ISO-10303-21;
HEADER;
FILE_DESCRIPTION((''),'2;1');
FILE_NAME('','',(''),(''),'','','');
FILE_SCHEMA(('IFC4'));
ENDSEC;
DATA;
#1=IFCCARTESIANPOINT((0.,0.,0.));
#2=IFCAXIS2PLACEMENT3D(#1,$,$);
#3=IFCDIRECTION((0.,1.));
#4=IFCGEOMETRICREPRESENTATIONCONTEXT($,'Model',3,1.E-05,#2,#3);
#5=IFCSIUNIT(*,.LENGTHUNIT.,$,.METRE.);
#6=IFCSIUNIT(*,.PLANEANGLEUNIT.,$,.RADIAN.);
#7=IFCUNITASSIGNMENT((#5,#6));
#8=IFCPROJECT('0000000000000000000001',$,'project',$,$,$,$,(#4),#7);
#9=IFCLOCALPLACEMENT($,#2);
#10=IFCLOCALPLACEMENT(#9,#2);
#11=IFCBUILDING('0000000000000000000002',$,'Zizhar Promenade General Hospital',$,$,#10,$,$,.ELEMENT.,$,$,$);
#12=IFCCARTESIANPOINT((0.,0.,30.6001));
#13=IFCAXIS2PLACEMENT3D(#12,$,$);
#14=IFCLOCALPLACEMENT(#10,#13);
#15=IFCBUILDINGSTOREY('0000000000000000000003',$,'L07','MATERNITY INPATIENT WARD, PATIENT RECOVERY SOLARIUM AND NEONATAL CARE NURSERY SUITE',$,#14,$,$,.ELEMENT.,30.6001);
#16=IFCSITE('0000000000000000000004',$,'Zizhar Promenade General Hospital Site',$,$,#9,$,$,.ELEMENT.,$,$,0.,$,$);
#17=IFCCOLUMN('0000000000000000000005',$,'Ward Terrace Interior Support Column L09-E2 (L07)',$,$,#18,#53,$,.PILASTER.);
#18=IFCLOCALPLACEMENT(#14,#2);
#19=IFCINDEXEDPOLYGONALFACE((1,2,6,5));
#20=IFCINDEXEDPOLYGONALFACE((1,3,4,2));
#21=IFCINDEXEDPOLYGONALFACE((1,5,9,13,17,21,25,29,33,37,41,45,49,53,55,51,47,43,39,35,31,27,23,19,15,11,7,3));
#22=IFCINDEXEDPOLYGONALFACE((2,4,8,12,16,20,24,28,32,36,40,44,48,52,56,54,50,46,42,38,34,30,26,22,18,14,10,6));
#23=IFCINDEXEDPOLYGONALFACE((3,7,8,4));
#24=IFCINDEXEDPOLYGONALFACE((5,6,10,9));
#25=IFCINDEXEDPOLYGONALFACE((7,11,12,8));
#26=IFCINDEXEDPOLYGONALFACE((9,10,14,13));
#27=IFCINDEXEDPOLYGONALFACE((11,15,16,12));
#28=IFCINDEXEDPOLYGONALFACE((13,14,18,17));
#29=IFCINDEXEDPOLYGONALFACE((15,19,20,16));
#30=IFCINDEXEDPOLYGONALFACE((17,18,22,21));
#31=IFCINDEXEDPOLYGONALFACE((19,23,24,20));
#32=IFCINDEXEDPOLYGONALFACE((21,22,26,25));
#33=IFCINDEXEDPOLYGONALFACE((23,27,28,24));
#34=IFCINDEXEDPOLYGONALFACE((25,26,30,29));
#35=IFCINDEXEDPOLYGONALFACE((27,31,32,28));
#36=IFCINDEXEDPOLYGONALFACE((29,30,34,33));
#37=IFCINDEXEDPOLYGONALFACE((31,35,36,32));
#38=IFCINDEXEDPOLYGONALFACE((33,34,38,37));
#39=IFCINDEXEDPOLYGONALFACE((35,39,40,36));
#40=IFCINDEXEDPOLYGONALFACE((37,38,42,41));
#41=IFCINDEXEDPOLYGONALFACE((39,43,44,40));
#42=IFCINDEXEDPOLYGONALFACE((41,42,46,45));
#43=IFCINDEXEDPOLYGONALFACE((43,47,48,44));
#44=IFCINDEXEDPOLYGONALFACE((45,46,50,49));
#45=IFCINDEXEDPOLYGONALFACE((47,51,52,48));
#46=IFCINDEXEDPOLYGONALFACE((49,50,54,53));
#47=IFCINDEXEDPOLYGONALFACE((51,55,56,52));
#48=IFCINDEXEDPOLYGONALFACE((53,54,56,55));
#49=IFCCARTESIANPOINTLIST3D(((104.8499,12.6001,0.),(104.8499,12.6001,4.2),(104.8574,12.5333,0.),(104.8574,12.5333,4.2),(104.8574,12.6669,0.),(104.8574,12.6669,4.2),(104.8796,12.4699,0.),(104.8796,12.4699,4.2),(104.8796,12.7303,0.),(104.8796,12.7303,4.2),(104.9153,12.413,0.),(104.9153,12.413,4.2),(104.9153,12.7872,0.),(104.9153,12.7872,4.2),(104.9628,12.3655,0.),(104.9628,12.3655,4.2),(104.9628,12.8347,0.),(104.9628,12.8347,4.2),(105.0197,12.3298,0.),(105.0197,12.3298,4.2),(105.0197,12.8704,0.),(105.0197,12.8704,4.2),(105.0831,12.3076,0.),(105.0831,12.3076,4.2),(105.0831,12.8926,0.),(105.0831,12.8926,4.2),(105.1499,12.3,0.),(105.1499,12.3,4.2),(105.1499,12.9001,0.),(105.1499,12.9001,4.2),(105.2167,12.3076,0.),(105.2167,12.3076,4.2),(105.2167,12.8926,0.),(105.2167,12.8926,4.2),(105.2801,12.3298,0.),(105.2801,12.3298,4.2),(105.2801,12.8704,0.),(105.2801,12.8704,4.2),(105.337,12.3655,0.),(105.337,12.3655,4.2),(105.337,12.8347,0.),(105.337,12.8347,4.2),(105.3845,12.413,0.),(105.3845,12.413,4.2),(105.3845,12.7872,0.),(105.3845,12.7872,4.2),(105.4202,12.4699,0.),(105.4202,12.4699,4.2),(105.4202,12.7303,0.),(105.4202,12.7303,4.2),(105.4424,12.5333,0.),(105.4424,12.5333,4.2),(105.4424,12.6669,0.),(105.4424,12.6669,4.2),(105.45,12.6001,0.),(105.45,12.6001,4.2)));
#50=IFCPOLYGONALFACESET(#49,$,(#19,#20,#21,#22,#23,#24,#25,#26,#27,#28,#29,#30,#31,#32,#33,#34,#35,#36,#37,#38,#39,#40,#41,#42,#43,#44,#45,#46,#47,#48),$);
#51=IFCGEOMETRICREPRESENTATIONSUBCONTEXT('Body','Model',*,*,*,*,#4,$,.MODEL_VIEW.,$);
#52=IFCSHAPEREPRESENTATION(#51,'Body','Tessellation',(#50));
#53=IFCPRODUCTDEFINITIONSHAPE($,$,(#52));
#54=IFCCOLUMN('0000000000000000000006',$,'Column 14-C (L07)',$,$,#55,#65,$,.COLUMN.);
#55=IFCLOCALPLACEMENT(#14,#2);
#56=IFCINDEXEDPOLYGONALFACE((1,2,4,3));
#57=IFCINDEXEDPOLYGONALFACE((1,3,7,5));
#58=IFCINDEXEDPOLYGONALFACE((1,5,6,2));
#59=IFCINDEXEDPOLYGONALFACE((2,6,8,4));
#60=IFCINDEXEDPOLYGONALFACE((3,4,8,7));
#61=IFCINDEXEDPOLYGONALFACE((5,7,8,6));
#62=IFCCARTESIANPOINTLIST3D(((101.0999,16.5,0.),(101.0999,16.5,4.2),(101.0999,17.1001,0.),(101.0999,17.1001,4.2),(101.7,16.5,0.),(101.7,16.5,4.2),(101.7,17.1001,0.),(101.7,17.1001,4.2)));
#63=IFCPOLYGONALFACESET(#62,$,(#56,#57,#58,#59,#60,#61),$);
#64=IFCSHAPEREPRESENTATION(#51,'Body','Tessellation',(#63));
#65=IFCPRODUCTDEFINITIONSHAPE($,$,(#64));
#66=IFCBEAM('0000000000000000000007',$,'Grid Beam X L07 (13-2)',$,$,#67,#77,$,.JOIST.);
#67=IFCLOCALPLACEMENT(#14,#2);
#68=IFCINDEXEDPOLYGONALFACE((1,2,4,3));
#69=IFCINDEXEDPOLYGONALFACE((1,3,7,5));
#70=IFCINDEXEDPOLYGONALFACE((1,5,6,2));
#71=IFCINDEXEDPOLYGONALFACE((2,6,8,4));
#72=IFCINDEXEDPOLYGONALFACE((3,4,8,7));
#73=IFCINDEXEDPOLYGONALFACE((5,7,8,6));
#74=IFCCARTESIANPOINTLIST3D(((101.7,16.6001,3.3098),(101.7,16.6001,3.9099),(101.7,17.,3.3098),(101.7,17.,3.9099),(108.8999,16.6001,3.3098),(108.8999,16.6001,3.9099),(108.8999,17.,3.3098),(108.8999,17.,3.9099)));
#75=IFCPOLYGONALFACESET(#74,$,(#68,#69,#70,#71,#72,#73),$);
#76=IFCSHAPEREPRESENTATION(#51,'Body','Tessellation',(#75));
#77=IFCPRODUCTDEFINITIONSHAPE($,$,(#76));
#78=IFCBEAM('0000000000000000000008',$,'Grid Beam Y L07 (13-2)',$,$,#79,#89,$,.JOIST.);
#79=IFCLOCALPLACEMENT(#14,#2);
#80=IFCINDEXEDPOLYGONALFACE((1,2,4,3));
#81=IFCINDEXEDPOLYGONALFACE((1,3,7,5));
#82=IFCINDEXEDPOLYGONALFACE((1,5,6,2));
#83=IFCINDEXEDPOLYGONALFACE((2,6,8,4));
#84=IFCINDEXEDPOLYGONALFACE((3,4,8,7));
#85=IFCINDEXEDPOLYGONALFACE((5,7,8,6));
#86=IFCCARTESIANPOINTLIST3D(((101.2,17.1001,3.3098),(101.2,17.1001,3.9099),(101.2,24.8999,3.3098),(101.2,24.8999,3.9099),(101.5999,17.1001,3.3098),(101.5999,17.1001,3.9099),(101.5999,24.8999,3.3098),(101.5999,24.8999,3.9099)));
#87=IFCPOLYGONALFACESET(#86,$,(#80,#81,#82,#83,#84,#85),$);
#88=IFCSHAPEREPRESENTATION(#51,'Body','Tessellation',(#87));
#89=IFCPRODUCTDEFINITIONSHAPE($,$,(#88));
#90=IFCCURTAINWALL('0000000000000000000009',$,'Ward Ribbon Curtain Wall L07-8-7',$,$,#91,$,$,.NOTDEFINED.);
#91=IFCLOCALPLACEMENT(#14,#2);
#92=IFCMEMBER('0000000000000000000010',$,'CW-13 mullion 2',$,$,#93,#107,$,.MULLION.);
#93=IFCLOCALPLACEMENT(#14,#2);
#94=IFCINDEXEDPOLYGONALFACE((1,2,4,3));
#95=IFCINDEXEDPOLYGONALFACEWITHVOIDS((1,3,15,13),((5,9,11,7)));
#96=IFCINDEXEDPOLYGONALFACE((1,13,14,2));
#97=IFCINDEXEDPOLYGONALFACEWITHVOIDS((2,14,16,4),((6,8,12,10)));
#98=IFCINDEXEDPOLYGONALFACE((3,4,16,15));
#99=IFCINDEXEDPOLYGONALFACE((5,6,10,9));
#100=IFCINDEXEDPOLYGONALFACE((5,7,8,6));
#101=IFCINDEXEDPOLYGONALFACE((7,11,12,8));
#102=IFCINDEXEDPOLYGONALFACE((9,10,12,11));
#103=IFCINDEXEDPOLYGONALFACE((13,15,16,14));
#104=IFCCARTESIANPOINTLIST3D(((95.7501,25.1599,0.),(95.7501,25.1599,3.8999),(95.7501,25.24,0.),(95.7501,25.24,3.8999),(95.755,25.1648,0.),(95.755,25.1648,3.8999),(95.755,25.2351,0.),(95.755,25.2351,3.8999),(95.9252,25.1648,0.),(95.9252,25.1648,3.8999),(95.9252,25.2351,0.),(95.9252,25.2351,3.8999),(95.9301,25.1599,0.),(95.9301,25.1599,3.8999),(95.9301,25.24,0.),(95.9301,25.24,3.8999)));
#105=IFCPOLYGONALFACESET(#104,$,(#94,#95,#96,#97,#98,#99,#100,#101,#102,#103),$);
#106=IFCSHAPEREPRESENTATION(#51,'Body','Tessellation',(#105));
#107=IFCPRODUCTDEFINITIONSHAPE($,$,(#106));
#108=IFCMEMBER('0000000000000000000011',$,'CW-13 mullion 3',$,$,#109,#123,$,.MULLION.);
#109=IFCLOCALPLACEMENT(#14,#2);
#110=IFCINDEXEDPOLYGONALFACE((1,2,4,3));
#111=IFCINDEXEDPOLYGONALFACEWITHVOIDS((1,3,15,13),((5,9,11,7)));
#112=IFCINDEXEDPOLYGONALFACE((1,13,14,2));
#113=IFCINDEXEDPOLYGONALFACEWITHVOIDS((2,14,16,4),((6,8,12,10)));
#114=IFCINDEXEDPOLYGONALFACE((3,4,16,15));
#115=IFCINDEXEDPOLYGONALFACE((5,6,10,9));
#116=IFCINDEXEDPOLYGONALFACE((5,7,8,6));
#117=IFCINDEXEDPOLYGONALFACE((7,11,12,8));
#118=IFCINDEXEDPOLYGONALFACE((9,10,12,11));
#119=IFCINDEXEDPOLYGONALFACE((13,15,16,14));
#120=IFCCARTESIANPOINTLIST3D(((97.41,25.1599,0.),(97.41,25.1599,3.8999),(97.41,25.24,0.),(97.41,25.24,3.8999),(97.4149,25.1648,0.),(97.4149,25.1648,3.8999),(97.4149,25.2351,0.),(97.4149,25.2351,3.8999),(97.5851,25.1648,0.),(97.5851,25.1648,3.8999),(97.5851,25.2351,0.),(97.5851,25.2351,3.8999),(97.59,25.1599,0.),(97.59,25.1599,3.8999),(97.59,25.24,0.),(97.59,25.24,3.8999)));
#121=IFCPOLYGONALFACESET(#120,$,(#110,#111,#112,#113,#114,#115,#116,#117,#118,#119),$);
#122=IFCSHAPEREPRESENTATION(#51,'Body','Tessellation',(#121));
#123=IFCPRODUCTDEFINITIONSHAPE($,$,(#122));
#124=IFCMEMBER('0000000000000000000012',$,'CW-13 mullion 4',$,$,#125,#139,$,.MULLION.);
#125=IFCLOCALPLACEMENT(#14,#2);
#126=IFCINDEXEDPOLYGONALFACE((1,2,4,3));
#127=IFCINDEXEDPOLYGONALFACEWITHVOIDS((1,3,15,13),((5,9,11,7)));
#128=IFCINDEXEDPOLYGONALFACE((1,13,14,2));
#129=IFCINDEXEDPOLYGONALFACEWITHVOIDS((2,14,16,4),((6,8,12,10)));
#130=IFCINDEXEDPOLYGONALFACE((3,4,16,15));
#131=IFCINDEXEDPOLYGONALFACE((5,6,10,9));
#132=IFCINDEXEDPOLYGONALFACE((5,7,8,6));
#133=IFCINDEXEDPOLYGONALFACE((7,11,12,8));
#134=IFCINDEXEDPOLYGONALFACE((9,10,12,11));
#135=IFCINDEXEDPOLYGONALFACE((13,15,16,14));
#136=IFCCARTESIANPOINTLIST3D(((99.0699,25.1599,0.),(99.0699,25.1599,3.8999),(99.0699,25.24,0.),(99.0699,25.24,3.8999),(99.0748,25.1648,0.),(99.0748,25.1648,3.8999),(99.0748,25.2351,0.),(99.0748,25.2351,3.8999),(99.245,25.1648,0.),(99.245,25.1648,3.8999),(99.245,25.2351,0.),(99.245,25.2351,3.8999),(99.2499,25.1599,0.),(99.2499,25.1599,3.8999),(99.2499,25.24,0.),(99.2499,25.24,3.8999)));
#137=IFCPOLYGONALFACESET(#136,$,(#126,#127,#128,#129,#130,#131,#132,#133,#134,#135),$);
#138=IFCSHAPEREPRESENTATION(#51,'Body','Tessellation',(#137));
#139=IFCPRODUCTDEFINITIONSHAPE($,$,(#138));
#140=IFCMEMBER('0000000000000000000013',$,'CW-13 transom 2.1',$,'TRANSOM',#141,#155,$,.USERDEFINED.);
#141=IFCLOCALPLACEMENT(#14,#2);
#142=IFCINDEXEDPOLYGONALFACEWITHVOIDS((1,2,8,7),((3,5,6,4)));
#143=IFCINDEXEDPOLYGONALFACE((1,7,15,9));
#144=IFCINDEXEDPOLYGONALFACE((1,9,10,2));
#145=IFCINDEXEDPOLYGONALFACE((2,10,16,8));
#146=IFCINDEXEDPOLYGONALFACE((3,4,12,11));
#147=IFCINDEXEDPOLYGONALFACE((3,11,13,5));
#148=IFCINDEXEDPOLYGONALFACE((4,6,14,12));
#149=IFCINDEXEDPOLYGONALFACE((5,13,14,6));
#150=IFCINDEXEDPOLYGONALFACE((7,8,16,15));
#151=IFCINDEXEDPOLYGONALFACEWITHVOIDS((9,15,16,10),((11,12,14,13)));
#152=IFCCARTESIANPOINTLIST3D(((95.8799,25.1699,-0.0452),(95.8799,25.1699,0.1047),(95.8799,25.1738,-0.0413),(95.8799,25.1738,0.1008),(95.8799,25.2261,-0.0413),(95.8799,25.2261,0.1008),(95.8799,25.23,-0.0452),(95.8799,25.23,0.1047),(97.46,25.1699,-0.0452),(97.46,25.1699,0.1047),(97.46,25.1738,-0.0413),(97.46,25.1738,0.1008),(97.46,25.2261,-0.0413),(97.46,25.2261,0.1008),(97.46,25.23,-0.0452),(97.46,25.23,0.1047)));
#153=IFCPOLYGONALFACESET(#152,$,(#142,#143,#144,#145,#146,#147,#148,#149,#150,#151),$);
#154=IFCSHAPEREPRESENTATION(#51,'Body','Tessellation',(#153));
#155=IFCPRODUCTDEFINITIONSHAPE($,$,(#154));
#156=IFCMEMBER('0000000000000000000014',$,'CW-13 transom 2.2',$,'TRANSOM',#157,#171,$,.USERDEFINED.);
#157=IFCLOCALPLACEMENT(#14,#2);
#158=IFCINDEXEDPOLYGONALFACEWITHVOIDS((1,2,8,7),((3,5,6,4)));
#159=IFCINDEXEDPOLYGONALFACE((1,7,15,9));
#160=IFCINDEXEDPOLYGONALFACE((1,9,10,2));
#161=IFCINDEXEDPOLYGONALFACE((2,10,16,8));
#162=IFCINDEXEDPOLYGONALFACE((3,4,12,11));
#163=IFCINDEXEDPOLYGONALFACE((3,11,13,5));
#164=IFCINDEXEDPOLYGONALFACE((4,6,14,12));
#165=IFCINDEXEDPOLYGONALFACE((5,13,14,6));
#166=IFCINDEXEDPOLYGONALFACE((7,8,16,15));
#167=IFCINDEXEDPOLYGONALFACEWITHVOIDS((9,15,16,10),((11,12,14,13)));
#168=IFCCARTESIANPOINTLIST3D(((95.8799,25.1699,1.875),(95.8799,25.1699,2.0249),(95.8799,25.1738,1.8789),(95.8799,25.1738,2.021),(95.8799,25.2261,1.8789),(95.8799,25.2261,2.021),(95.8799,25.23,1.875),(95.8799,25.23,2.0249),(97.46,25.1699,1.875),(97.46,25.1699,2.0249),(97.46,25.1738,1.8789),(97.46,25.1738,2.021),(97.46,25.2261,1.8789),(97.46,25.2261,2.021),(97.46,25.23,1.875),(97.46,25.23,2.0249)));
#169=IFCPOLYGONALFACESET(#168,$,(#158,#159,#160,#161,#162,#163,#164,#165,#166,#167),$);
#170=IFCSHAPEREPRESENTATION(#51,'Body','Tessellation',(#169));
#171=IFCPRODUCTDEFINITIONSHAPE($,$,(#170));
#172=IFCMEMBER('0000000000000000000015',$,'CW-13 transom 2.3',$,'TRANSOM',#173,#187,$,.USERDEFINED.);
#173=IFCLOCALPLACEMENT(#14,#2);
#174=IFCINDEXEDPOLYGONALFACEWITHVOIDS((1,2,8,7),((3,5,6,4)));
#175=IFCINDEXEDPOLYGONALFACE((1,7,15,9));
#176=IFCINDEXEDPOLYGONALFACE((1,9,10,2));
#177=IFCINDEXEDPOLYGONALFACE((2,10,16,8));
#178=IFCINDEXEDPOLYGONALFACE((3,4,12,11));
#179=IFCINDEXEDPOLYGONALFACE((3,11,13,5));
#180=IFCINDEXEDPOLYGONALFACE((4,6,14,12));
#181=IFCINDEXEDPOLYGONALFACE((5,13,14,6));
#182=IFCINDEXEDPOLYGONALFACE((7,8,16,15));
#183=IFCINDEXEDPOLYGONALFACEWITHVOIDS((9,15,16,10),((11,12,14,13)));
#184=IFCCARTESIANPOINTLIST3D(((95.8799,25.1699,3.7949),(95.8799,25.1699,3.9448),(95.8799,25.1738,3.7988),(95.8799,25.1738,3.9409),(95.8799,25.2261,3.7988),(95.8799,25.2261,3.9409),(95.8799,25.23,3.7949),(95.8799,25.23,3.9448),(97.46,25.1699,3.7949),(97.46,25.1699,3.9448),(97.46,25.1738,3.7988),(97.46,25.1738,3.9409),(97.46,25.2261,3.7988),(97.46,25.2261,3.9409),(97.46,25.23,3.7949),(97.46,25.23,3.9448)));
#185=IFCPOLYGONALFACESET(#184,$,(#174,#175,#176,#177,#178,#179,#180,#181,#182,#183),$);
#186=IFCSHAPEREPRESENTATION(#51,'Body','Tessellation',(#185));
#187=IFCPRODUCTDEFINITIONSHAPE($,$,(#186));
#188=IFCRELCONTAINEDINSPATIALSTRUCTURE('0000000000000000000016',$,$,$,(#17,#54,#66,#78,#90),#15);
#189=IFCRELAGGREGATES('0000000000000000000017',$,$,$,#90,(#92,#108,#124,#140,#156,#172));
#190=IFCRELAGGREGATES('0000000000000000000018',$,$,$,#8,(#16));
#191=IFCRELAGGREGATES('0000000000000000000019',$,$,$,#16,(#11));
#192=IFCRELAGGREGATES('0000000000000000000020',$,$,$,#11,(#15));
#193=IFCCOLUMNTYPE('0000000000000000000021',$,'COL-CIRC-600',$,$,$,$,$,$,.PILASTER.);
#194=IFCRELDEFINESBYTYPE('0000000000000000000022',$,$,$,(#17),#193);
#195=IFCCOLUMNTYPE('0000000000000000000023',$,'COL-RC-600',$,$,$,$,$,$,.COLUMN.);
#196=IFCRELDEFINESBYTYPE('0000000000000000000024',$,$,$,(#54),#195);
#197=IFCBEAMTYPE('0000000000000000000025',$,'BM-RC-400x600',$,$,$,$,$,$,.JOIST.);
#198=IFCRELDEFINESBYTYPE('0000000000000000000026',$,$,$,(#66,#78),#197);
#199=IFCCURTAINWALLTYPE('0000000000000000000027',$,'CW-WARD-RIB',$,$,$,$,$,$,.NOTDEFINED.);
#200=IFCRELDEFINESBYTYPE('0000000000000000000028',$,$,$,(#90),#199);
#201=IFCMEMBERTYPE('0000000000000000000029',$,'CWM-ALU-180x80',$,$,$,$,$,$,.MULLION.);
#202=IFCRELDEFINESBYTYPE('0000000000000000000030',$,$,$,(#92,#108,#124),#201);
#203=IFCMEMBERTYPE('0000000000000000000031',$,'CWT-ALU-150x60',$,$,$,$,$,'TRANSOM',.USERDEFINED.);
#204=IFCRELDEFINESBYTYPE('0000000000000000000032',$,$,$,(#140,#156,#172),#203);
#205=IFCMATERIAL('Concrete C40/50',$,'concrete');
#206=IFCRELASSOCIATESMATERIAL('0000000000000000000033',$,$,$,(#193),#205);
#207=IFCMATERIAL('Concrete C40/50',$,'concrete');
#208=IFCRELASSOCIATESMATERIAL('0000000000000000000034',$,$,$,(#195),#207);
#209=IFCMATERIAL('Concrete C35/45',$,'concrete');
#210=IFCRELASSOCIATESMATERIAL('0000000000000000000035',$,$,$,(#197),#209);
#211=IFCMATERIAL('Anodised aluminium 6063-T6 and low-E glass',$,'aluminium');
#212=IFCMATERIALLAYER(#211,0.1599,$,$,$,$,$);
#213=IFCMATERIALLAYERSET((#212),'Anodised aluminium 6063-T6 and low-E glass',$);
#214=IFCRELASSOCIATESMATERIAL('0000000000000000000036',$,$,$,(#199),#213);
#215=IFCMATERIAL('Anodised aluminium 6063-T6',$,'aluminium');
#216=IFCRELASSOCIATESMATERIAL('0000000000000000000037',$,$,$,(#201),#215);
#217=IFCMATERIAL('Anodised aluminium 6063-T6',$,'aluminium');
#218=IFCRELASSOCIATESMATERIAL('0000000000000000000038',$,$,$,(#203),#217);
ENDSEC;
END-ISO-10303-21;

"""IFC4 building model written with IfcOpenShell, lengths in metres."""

from ifc_helpers import new_model, si_unit, direction, frame, origin, origin_2d, place, context, subcontext, project, spatial, rectangle, hollow_rectangle, circle, extrude, material, layer, layer_set, material_profile, profile_set, type_object, element, aggregate, save


model = new_model("IFC4")

# Units and contexts
model_context = context("Model", 3, precision=1e-05, world=origin(), true_north=direction((0.0, 1.0)))
body_context = subcontext(model_context, "Body", "Model", "MODEL_VIEW")
ifc_project = project(units=[si_unit("LENGTHUNIT", "METRE"), si_unit("PLANEANGLEUNIT", "RADIAN")], contexts=[model_context])

# Site, building, storey
site_placement = place(None, origin())
site = spatial("IfcSite", under=ifc_project, at=site_placement, Name="Zizhar Promenade General Hospital Site", CompositionType="ELEMENT", RefElevation=0.0)
building_placement = place(site_placement, origin())
building = spatial("IfcBuilding", under=site, at=building_placement, Name="Zizhar Promenade General Hospital", CompositionType="ELEMENT")
storey_placement = place(building_placement, frame((0.0, 0.0, 30.6001)))
storey = spatial("IfcBuildingStorey", under=building, at=storey_placement, Name="L07", Description="MATERNITY INPATIENT WARD, PATIENT RECOVERY SOLARIUM AND NEONATAL CARE NURSERY SUITE", CompositionType="ELEMENT", Elevation=30.6001)

# Columns
ifc_material_1 = material(Name="Concrete C40/50", Category="concrete")
ifc_material_profile_1 = material_profile(ifc_material_1, circle(Radius=0.3, at=origin_2d()))
ifc_profile_set_1 = profile_set([ifc_material_profile_1], Name="Concrete C40/50")
column_type_1 = type_object("IfcColumnType", Name="COL-CIRC-600", PredefinedType="PILASTER", material=ifc_profile_set_1)
column_1_placement = place(storey_placement, frame((105.1499, 12.6001, 0.0), z_axis=(0.0, 0.0, 1.0), x_axis=(1.0, 0.0, 0.0)))
element("IfcColumn", 1, at=column_1_placement, inside=storey, type_object=column_type_1, Name="Ward Terrace Interior Support Column L09-E2 (L07)", PredefinedType="PILASTER", context=body_context, shape_type="SweptSolid", body=[
    extrude(circle(Radius=0.3, at=origin_2d()), origin(), (0.0, 0.0, 1.0), 4.2),
])
ifc_material_2 = material(Name="Concrete C40/50", Category="concrete")
ifc_material_profile_2 = material_profile(ifc_material_2, rectangle(XDim=0.6001, YDim=0.6001, at=origin_2d()))
ifc_profile_set_2 = profile_set([ifc_material_profile_2], Name="Concrete C40/50")
column_type_2 = type_object("IfcColumnType", Name="COL-RC-600", PredefinedType="COLUMN", material=ifc_profile_set_2)
column_2_placement = place(storey_placement, frame((101.3999, 16.8, 0.0), z_axis=(0.0, 0.0, 1.0), x_axis=(1.0, 0.0, 0.0)))
element("IfcColumn", 2, at=column_2_placement, inside=storey, type_object=column_type_2, Name="Column 14-C (L07)", PredefinedType="COLUMN", context=body_context, shape_type="SweptSolid", body=[
    extrude(rectangle(XDim=0.6001, YDim=0.6001, at=origin_2d()), origin(), (0.0, 0.0, 1.0), 4.2),
])

# Beams
ifc_material_3 = material(Name="Concrete C35/45", Category="concrete")
ifc_material_profile_3 = material_profile(ifc_material_3, rectangle(XDim=0.3999, YDim=0.6001, at=origin_2d()))
ifc_profile_set_3 = profile_set([ifc_material_profile_3], Name="Concrete C35/45")
beam_type = type_object("IfcBeamType", Name="BM-RC-400x600", PredefinedType="JOIST", material=ifc_profile_set_3)
beam_1_placement = place(storey_placement, frame((101.7, 16.8, 3.6099), z_axis=(1.0, 0.0, 0.0), x_axis=(0.0, 1.0, 0.0)))
element("IfcBeam", 3, at=beam_1_placement, inside=storey, type_object=beam_type, Name="Grid Beam X L07 (13-2)", PredefinedType="JOIST", context=body_context, shape_type="SweptSolid", body=[
    extrude(rectangle(XDim=0.3999, YDim=0.6001, at=origin_2d()), origin(), (0.0, 0.0, 1.0), 7.2),
])
beam_2_placement = place(storey_placement, frame((101.3999, 17.1001, 3.6099), z_axis=(0.0, 1.0, 0.0), x_axis=(-1.0, 0.0, 0.0)))
element("IfcBeam", 4, at=beam_2_placement, inside=storey, type_object=beam_type, Name="Grid Beam Y L07 (13-2)", PredefinedType="JOIST", context=body_context, shape_type="SweptSolid", body=[
    extrude(rectangle(XDim=0.3999, YDim=0.6001, at=origin_2d()), origin(), (0.0, 0.0, 1.0), 7.7998),
])

# Curtain wall, members
ifc_material_4 = material(Name="Anodised aluminium 6063-T6 and low-E glass", Category="aluminium")
ifc_layer_1 = layer(ifc_material_4, 0.1599)
ifc_layer_set_1 = layer_set([ifc_layer_1], Name="Anodised aluminium 6063-T6 and low-E glass")
curtain_wall_type = type_object("IfcCurtainWallType", Name="CW-WARD-RIB", PredefinedType="NOTDEFINED", material=ifc_layer_set_1)
curtain_wall_placement = place(storey_placement, origin())
curtain_wall = element("IfcCurtainWall", 5, at=curtain_wall_placement, inside=storey, type_object=curtain_wall_type, Name="Ward Ribbon Curtain Wall L07-8-7", PredefinedType="NOTDEFINED")
ifc_material_5 = material(Name="Anodised aluminium 6063-T6", Category="aluminium")
ifc_material_profile_4 = material_profile(ifc_material_5, hollow_rectangle(XDim=0.0801, YDim=0.1799, WallThickness=0.0049, at=origin_2d()))
ifc_profile_set_4 = profile_set([ifc_material_profile_4], Name="Anodised aluminium 6063-T6")
member_type_1 = type_object("IfcMemberType", Name="CWM-ALU-180x80", PredefinedType="MULLION", material=ifc_profile_set_4)
member_1_placement = place(storey_placement, frame((95.8401, 25.2, 0.0), z_axis=(0.0, 0.0, 1.0), x_axis=(0.0, 1.0, 0.0)))
member_1 = element("IfcMember", 6, at=member_1_placement, type_object=member_type_1, Name="CW-13 mullion 2", PredefinedType="MULLION", context=body_context, shape_type="SweptSolid", body=[
    extrude(hollow_rectangle(XDim=0.0801, YDim=0.1799, WallThickness=0.0049, at=origin_2d()), origin(), (0.0, 0.0, 1.0), 3.8999),
])
member_2_placement = place(storey_placement, frame((97.5, 25.2, 0.0), z_axis=(0.0, 0.0, 1.0), x_axis=(0.0, 1.0, 0.0)))
member_2 = element("IfcMember", 7, at=member_2_placement, type_object=member_type_1, Name="CW-13 mullion 3", PredefinedType="MULLION", context=body_context, shape_type="SweptSolid", body=[
    extrude(hollow_rectangle(XDim=0.0801, YDim=0.1799, WallThickness=0.0049, at=origin_2d()), origin(), (0.0, 0.0, 1.0), 3.8999),
])
member_3_placement = place(storey_placement, frame((99.1599, 25.2, 0.0), z_axis=(0.0, 0.0, 1.0), x_axis=(0.0, 1.0, 0.0)))
member_3 = element("IfcMember", 8, at=member_3_placement, type_object=member_type_1, Name="CW-13 mullion 4", PredefinedType="MULLION", context=body_context, shape_type="SweptSolid", body=[
    extrude(hollow_rectangle(XDim=0.0801, YDim=0.1799, WallThickness=0.0049, at=origin_2d()), origin(), (0.0, 0.0, 1.0), 3.8999),
])
ifc_material_6 = material(Name="Anodised aluminium 6063-T6", Category="aluminium")
ifc_material_profile_5 = material_profile(ifc_material_6, hollow_rectangle(XDim=0.0601, YDim=0.1499, WallThickness=0.0039, at=origin_2d()))
ifc_profile_set_5 = profile_set([ifc_material_profile_5], Name="Anodised aluminium 6063-T6")
member_type_2 = type_object("IfcMemberType", Name="CWT-ALU-150x60", ElementType="TRANSOM", PredefinedType="USERDEFINED", material=ifc_profile_set_5)
member_4_placement = place(storey_placement, frame((95.8799, 25.2, 0.0298), z_axis=(1.0, 0.0, 0.0), x_axis=(0.0, 1.0, 0.0)))
member_4 = element("IfcMember", 9, at=member_4_placement, type_object=member_type_2, Name="CW-13 transom 2.1", ObjectType="TRANSOM", PredefinedType="USERDEFINED", context=body_context, shape_type="SweptSolid", body=[
    extrude(hollow_rectangle(XDim=0.0601, YDim=0.1499, WallThickness=0.0039, at=origin_2d()), origin(), (0.0, 0.0, 1.0), 1.5801),
])
member_5_placement = place(storey_placement, frame((95.8799, 25.2, 1.95), z_axis=(1.0, 0.0, 0.0), x_axis=(0.0, 1.0, 0.0)))
member_5 = element("IfcMember", 10, at=member_5_placement, type_object=member_type_2, Name="CW-13 transom 2.2", ObjectType="TRANSOM", PredefinedType="USERDEFINED", context=body_context, shape_type="SweptSolid", body=[
    extrude(hollow_rectangle(XDim=0.0601, YDim=0.1499, WallThickness=0.0039, at=origin_2d()), origin(), (0.0, 0.0, 1.0), 1.5801),
])
member_6_placement = place(storey_placement, frame((95.8799, 25.2, 3.8699), z_axis=(1.0, 0.0, 0.0), x_axis=(0.0, 1.0, 0.0)))
member_6 = element("IfcMember", 11, at=member_6_placement, type_object=member_type_2, Name="CW-13 transom 2.3", ObjectType="TRANSOM", PredefinedType="USERDEFINED", context=body_context, shape_type="SweptSolid", body=[
    extrude(hollow_rectangle(XDim=0.0601, YDim=0.1499, WallThickness=0.0039, at=origin_2d()), origin(), (0.0, 0.0, 1.0), 1.5801),
])
aggregate(curtain_wall, [member_1, member_2, member_3, member_4, member_5, member_6])

save(model, "model.ifc")
